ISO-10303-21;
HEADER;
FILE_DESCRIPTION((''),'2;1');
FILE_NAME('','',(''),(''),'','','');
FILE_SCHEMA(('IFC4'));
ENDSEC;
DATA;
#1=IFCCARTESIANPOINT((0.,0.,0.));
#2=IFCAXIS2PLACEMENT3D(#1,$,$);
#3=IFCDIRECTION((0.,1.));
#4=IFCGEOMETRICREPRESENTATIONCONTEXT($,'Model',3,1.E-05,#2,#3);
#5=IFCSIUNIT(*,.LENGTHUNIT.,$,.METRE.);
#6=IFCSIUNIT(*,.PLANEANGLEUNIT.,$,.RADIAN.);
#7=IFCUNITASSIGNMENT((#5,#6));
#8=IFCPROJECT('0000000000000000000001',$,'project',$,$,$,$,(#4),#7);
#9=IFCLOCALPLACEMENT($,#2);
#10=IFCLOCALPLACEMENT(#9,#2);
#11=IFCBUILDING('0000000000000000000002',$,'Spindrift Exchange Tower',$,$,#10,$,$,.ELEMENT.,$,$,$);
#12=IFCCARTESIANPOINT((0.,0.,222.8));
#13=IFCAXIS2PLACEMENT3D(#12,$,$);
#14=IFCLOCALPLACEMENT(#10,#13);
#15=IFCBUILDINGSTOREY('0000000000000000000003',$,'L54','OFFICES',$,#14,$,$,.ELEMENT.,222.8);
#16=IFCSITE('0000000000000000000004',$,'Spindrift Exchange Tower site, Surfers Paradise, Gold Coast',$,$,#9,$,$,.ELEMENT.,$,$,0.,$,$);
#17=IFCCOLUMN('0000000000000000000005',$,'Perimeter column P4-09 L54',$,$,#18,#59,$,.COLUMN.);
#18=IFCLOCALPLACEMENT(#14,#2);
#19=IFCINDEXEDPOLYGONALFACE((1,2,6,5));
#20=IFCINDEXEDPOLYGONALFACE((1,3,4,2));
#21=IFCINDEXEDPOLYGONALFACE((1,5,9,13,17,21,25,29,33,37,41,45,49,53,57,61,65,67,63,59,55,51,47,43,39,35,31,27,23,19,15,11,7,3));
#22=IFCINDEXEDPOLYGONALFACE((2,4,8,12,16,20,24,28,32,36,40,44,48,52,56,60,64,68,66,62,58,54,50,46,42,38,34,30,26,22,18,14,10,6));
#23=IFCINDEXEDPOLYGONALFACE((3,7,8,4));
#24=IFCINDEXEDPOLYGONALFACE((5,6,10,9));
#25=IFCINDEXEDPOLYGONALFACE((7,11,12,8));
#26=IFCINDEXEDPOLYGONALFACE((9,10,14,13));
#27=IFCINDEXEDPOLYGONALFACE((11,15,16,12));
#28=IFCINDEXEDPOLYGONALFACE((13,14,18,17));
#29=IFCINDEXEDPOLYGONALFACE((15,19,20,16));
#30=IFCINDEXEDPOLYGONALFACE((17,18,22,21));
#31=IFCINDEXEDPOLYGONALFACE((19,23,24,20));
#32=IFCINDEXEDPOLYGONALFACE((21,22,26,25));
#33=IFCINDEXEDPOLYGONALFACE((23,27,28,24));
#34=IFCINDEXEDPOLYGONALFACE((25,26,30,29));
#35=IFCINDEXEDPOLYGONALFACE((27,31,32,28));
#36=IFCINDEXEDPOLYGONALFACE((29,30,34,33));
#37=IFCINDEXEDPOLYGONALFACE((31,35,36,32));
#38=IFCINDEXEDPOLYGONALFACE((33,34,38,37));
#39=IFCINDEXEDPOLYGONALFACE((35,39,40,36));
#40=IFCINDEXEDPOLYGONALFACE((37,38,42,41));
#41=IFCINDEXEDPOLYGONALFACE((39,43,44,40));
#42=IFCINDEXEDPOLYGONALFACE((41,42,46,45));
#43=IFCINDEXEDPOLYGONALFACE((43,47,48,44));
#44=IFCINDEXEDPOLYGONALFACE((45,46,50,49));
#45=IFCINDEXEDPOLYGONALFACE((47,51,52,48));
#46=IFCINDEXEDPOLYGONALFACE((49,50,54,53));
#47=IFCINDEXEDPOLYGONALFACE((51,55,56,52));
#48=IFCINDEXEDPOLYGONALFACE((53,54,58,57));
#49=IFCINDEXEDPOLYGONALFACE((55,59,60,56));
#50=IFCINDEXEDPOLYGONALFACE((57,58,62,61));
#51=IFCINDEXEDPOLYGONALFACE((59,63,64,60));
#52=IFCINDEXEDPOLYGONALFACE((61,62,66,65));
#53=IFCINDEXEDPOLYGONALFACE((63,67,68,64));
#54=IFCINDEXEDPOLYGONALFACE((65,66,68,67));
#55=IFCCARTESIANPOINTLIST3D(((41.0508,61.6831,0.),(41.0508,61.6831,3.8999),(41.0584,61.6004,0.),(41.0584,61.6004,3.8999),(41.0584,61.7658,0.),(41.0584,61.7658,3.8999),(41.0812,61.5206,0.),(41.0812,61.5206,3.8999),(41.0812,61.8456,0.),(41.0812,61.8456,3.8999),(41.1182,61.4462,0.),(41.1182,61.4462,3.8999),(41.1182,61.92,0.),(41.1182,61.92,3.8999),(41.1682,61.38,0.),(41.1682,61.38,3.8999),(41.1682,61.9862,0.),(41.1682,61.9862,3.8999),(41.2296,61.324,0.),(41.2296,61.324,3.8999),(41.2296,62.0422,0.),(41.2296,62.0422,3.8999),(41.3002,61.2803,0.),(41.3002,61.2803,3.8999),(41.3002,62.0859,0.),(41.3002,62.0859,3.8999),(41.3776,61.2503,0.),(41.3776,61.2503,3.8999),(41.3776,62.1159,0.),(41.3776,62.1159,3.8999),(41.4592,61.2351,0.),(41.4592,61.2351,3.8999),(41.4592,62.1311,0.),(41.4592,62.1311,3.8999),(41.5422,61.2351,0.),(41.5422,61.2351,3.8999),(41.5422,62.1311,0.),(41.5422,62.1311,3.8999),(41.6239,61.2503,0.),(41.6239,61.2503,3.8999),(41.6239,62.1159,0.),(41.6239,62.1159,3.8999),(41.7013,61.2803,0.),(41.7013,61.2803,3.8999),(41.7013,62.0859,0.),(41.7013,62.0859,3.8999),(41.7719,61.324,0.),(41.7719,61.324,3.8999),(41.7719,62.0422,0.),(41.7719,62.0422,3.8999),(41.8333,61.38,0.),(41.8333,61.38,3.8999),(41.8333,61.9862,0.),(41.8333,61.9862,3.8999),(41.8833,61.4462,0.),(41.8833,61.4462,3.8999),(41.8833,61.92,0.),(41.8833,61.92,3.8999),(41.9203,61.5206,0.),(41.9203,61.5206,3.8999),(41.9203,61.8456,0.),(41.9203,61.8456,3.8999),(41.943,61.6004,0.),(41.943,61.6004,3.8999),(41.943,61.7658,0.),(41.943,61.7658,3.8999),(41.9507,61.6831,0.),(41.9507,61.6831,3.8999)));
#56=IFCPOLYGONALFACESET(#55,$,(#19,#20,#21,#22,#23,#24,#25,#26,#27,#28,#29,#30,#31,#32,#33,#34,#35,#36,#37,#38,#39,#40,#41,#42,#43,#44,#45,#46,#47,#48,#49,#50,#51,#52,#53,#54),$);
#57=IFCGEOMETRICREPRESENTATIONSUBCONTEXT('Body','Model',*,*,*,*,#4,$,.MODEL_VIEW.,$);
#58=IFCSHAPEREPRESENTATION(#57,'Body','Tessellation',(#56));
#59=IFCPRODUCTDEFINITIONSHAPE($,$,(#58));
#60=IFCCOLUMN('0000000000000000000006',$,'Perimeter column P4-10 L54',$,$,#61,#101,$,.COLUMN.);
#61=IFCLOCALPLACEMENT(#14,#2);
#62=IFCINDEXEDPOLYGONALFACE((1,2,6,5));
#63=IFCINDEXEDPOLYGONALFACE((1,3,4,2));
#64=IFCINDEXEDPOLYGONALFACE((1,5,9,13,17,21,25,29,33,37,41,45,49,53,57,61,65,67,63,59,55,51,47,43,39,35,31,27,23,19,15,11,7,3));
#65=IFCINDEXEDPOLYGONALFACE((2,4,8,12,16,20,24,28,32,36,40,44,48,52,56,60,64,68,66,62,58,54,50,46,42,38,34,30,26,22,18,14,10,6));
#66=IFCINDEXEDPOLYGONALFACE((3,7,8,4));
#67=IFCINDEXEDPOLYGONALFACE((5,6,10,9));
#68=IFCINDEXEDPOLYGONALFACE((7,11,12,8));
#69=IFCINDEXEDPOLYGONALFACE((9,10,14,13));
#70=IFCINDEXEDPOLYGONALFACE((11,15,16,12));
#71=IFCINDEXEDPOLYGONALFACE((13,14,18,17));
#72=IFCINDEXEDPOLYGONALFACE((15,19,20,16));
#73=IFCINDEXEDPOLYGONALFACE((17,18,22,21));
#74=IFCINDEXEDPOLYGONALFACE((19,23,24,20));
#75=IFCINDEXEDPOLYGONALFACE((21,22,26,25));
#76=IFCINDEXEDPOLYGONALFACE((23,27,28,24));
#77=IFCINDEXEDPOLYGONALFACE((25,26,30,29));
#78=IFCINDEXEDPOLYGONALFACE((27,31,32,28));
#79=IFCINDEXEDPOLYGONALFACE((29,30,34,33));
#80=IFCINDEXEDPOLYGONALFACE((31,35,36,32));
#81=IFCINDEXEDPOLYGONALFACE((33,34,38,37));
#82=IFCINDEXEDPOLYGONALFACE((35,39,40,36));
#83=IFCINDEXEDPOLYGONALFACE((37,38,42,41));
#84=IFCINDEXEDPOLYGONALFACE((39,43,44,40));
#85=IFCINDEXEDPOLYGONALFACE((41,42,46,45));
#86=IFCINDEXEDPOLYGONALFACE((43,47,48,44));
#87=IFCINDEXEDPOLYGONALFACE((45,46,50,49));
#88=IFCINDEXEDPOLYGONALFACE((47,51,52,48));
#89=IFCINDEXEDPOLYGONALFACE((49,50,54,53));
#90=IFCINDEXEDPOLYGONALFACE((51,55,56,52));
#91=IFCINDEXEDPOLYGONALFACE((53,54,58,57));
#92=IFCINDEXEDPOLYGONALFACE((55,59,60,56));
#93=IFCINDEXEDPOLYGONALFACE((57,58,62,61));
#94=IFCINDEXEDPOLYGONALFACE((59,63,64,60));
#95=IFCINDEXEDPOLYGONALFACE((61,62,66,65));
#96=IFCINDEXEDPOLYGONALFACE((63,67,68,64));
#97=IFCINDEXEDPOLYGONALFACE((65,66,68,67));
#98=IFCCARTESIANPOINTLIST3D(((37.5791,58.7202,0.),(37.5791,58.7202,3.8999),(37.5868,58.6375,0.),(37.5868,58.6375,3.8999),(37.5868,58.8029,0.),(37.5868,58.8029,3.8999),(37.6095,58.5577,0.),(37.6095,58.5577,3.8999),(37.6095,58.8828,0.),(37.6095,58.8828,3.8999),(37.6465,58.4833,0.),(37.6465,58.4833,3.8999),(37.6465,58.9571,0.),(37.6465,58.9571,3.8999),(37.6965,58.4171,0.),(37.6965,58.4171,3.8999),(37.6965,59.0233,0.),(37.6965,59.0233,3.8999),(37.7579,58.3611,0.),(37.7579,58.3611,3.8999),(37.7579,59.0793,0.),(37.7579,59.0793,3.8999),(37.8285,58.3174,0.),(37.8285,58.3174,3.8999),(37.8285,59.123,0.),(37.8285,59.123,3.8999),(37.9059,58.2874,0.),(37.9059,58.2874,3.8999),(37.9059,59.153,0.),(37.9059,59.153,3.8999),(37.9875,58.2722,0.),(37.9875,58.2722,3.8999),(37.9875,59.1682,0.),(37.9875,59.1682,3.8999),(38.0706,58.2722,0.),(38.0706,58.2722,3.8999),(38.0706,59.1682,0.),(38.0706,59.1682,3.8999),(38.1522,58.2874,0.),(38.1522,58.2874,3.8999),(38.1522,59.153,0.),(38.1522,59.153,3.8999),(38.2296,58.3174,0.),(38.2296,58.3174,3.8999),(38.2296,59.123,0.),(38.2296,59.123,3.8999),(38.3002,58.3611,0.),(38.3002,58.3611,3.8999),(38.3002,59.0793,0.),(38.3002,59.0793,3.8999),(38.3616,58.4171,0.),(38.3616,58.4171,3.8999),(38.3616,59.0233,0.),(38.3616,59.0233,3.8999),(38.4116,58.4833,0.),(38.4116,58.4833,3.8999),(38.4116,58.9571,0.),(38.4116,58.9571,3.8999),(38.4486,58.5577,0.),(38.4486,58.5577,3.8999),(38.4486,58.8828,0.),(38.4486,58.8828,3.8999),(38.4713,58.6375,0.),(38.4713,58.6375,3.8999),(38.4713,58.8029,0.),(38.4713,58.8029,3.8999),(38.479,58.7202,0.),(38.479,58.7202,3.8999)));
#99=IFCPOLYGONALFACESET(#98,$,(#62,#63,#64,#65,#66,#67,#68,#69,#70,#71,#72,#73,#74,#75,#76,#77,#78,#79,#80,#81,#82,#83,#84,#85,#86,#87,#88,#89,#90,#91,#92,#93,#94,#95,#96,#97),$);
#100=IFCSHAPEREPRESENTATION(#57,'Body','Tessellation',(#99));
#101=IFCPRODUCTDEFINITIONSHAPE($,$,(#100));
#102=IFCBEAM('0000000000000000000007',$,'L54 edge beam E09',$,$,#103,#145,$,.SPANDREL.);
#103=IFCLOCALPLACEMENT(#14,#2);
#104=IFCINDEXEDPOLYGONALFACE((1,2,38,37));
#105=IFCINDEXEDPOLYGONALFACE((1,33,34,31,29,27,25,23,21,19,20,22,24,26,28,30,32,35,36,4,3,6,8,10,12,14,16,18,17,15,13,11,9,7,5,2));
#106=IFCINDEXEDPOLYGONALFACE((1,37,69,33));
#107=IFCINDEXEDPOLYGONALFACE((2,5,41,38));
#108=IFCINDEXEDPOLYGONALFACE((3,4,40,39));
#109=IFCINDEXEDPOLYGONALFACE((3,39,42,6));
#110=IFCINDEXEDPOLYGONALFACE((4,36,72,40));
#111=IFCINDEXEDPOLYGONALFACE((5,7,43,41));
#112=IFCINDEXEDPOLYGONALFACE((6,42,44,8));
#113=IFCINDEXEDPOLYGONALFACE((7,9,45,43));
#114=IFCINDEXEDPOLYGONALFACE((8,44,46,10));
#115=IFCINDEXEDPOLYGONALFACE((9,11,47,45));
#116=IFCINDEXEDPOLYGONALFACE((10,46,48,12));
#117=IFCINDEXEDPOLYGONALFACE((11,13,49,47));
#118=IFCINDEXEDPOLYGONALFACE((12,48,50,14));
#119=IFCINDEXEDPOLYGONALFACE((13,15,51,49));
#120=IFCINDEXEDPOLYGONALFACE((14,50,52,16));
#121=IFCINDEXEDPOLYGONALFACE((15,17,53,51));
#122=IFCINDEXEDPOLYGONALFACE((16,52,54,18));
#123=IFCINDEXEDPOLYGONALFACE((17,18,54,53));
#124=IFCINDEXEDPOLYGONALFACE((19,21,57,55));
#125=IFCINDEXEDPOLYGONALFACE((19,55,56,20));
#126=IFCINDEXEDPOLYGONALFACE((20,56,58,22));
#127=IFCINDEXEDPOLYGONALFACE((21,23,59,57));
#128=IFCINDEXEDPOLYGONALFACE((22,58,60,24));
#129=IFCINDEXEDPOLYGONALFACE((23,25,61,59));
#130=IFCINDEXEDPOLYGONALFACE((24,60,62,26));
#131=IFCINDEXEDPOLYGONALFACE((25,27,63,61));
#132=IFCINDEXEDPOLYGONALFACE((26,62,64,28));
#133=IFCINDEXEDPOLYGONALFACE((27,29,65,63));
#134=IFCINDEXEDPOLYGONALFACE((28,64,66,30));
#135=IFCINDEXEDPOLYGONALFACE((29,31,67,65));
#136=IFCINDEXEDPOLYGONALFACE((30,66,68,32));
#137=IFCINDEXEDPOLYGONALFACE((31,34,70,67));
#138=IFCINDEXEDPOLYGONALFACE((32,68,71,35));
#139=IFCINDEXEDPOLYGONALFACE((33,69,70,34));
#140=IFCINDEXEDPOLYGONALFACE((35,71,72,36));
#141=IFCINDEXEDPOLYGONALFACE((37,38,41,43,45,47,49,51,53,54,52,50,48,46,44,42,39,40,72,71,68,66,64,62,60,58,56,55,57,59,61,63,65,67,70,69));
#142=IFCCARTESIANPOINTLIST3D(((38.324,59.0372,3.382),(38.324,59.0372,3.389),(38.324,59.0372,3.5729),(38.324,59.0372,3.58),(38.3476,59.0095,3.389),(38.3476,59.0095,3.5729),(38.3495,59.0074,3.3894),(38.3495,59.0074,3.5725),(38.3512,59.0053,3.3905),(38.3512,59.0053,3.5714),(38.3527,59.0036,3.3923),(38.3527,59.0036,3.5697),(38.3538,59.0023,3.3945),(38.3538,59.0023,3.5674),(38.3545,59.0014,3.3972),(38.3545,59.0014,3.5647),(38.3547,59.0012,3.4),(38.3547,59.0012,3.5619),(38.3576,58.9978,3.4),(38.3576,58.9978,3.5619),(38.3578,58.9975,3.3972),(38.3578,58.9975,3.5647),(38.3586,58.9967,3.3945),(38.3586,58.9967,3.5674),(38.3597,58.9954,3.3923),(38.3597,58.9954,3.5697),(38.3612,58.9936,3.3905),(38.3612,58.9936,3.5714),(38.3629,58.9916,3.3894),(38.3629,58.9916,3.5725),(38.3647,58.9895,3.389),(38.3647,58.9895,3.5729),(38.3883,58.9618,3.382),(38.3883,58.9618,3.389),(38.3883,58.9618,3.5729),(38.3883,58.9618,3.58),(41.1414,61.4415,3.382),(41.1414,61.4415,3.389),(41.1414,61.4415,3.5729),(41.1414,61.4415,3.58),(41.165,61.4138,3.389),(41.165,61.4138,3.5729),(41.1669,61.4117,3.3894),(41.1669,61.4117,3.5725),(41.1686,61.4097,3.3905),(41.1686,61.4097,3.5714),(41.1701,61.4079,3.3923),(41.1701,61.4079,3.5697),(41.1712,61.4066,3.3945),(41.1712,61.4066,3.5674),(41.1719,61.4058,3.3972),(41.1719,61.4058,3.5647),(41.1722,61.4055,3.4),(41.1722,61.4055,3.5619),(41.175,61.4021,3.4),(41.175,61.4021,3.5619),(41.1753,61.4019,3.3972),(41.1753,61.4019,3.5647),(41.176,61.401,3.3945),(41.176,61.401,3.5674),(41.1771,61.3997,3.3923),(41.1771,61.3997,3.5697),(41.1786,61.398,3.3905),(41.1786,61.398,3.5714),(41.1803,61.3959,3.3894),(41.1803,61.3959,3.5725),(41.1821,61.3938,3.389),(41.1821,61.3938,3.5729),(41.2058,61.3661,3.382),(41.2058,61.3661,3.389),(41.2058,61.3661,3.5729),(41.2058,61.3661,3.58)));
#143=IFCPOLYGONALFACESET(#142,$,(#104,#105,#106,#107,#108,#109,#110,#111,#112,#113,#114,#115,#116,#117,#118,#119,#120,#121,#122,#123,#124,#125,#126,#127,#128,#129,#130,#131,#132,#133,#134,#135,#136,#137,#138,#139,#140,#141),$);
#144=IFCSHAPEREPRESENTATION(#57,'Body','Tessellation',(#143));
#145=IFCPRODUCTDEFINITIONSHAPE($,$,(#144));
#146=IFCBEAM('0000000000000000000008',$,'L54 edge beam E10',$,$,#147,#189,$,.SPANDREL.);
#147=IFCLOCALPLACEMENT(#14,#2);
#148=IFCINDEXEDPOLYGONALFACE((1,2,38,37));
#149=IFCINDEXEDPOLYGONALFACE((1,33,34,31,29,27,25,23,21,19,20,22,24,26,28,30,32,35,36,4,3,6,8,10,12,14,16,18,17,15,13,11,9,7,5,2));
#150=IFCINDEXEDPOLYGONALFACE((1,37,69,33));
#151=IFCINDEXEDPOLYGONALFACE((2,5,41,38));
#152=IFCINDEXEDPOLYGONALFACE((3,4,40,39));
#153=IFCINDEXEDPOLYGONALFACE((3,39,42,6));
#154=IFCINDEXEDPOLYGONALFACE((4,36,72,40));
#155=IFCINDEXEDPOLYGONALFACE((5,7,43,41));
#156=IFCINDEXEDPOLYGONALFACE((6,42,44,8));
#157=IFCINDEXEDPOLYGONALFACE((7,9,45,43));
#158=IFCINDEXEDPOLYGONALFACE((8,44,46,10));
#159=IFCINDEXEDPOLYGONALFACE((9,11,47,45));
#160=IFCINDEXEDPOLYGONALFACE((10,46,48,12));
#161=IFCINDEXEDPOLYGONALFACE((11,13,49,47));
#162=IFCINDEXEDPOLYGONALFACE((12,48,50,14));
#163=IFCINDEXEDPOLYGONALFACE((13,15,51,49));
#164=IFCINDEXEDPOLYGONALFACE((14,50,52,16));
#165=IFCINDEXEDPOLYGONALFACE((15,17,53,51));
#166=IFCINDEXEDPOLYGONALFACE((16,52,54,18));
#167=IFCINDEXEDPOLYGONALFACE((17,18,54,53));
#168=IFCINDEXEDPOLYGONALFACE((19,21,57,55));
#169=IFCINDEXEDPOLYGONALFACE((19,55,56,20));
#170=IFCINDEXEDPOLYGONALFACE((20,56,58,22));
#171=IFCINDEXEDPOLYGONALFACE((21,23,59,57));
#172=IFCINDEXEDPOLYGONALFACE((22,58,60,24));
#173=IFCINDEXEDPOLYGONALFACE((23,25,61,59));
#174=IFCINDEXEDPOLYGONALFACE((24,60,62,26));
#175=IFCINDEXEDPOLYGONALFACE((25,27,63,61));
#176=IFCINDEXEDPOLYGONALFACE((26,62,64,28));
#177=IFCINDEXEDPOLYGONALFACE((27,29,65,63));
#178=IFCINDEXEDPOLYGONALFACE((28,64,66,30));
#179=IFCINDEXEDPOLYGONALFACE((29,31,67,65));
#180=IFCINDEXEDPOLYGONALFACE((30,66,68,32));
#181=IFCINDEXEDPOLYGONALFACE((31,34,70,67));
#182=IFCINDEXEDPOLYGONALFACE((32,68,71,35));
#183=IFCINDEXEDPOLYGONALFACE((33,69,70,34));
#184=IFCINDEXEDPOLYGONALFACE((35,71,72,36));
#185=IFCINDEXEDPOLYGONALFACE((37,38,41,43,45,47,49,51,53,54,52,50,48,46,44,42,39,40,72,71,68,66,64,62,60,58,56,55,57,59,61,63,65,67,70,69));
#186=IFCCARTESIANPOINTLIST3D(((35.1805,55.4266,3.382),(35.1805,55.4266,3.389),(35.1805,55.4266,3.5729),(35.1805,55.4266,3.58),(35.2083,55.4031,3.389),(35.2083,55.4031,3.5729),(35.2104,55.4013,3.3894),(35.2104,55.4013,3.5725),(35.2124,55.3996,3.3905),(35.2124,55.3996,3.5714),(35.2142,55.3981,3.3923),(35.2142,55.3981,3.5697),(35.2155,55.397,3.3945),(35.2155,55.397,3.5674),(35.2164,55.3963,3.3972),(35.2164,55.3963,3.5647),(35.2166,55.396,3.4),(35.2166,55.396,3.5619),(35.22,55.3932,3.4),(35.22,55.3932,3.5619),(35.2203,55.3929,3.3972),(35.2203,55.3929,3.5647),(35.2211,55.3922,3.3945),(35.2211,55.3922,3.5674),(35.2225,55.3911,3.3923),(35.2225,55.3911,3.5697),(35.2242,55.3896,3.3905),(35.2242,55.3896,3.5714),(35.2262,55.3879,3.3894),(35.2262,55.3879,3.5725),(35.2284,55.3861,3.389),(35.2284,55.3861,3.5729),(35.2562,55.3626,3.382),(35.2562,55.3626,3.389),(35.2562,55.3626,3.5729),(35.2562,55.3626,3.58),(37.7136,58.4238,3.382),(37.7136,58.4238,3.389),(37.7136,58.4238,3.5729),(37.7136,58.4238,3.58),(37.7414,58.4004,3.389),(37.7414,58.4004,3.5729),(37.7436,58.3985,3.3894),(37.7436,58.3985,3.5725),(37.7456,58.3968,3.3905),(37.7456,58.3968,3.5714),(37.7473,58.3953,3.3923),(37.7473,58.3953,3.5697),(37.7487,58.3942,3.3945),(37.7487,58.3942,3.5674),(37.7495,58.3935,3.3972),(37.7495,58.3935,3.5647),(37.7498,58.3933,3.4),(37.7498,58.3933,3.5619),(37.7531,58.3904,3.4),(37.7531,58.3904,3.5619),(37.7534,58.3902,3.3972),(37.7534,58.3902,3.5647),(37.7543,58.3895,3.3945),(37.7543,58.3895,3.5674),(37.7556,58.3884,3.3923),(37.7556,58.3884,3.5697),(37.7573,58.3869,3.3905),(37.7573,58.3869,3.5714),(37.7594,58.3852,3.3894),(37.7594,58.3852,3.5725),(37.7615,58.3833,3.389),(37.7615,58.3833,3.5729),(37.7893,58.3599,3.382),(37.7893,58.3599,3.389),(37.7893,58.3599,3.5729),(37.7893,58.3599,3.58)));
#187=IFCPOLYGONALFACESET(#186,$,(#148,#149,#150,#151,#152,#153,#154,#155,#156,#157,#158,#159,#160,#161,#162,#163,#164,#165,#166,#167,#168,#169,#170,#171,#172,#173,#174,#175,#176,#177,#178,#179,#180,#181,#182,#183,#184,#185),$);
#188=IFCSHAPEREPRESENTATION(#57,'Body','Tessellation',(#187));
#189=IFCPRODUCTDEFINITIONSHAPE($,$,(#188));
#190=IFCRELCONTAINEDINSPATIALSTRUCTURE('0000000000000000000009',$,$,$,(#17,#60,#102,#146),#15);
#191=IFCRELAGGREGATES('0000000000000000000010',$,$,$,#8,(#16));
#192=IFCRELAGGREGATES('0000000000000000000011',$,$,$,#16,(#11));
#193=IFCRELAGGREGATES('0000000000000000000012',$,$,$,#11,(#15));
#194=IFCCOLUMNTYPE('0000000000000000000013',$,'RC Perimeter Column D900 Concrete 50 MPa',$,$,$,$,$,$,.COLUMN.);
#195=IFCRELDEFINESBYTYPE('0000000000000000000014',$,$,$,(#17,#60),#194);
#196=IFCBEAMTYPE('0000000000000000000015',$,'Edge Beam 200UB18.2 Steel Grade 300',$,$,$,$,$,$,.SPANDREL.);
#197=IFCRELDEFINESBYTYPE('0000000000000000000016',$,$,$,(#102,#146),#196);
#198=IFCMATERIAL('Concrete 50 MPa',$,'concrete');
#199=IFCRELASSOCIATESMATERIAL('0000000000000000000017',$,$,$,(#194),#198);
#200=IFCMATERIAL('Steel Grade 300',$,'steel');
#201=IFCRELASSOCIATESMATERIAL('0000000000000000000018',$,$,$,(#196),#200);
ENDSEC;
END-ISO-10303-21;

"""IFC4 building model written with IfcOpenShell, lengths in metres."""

from ifc_helpers import new_model, si_unit, direction, frame, origin, origin_2d, place, context, subcontext, project, spatial, circle, i_section, extrude, source, transform, mapped, material, material_profile, profile_set, type_object, element, save


model = new_model("IFC4")

# Units and contexts
model_context = context("Model", 3, precision=1e-05, world=origin(), true_north=direction((0.0, 1.0)))
body_context = subcontext(model_context, "Body", "Model", "MODEL_VIEW")
ifc_project = project(units=[si_unit("LENGTHUNIT", "METRE"), si_unit("PLANEANGLEUNIT", "RADIAN")], contexts=[model_context])

# Site, building, storey
site_placement = place(None, origin())
site = spatial("IfcSite", under=ifc_project, at=site_placement, Name="Spindrift Exchange Tower site, Surfers Paradise, Gold Coast", CompositionType="ELEMENT", RefElevation=0.0)
building_placement = place(site_placement, origin())
building = spatial("IfcBuilding", under=site, at=building_placement, Name="Spindrift Exchange Tower", CompositionType="ELEMENT")
storey_placement = place(building_placement, frame((0.0, 0.0, 222.8)))
storey = spatial("IfcBuildingStorey", under=building, at=storey_placement, Name="L54", Description="OFFICES", CompositionType="ELEMENT", Elevation=222.8)

# Columns
ifc_material_1 = material(Name="Concrete 50 MPa", Category="concrete")
ifc_material_profile_1 = material_profile(ifc_material_1, circle(Radius=0.45, at=origin_2d()), Name="RC D900")
ifc_profile_set_1 = profile_set([ifc_material_profile_1], Name="Concrete 50 MPa")
column_type = type_object("IfcColumnType", Name="RC Perimeter Column D900 Concrete 50 MPa", PredefinedType="COLUMN", material=ifc_profile_set_1)
shared_shape_1 = source(origin(), body_context, "Body", "SweptSolid", [
    extrude(circle(Radius=0.45, at=origin_2d()), origin(), (0.0, 0.0, 1.0), 3.8999),
])
for number, where, z_axis, x_axis, name in (
    (1, (41.5007, 61.6831, 0.0), (0.0, 0.0, 1.0), (1.0, 0.0, 0.0), "Perimeter column P4-09 L54"),
    (2, (38.0291, 58.7202, 0.0), (0.0, 0.0, 1.0), (1.0, 0.0, 0.0), "Perimeter column P4-10 L54"),
):
    element("IfcColumn", number, at=place(storey_placement, frame(where, z_axis=z_axis, x_axis=x_axis)), inside=storey, type_object=column_type, Name=name, PredefinedType="COLUMN", context=body_context, shape_type="MappedRepresentation", body=[
        mapped(shared_shape_1, transform((0.0, 0.0, 0.0), scale=1.0)),
    ])

# Beams
ifc_material_2 = material(Name="Steel Grade 300", Category="steel")
ifc_material_profile_2 = material_profile(ifc_material_2, i_section(OverallWidth=0.0991, OverallDepth=0.198, WebThickness=0.0044, FlangeThickness=0.0071, FilletRadius=0.011, at=origin_2d()), Name="200UB18.2")
ifc_profile_set_2 = profile_set([ifc_material_profile_2], Name="Steel Grade 300")
beam_type_1 = type_object("IfcBeamType", Name="Edge Beam 200UB18.2 Steel Grade 300", PredefinedType="SPANDREL", material=ifc_profile_set_2)
shared_shape_2 = source(origin(), body_context, "Body", "SweptSolid", [
    extrude(i_section(OverallWidth=0.0991, OverallDepth=0.198, WebThickness=0.0044, FlangeThickness=0.0071, FilletRadius=0.011, at=origin_2d()), origin(), (0.0, 0.0, 1.0), 3.7039),
])
beam_1_placement = place(storey_placement, frame((41.1736, 61.4038, 3.481), z_axis=(-0.760669, -0.64914, 0.0), x_axis=(0.64914, -0.760669, 0.0)))
element("IfcBeam", 3, at=beam_1_placement, inside=storey, type_object=beam_type_1, Name="L54 edge beam E09", PredefinedType="SPANDREL", context=body_context, shape_type="MappedRepresentation", body=[
    mapped(shared_shape_2, transform((0.0, 0.0, 0.0), scale=1.0)),
])
shared_shape_3 = source(origin(), body_context, "Body", "SweptSolid", [
    extrude(i_section(OverallWidth=0.0991, OverallDepth=0.198, WebThickness=0.0044, FlangeThickness=0.0071, FilletRadius=0.011, at=origin_2d()), origin(), (0.0, 0.0, 1.0), 3.9243),
])
beam_2_placement = place(storey_placement, frame((37.7515, 58.3918, 3.481), z_axis=(-0.645499, -0.763761, 0.0), x_axis=(0.763761, -0.645499, 0.0)))
element("IfcBeam", 4, at=beam_2_placement, inside=storey, type_object=beam_type_1, Name="L54 edge beam E10", PredefinedType="SPANDREL", context=body_context, shape_type="MappedRepresentation", body=[
    mapped(shared_shape_3, transform((0.0, 0.0, 0.0), scale=1.0)),
])

save(model, "model.ifc")
